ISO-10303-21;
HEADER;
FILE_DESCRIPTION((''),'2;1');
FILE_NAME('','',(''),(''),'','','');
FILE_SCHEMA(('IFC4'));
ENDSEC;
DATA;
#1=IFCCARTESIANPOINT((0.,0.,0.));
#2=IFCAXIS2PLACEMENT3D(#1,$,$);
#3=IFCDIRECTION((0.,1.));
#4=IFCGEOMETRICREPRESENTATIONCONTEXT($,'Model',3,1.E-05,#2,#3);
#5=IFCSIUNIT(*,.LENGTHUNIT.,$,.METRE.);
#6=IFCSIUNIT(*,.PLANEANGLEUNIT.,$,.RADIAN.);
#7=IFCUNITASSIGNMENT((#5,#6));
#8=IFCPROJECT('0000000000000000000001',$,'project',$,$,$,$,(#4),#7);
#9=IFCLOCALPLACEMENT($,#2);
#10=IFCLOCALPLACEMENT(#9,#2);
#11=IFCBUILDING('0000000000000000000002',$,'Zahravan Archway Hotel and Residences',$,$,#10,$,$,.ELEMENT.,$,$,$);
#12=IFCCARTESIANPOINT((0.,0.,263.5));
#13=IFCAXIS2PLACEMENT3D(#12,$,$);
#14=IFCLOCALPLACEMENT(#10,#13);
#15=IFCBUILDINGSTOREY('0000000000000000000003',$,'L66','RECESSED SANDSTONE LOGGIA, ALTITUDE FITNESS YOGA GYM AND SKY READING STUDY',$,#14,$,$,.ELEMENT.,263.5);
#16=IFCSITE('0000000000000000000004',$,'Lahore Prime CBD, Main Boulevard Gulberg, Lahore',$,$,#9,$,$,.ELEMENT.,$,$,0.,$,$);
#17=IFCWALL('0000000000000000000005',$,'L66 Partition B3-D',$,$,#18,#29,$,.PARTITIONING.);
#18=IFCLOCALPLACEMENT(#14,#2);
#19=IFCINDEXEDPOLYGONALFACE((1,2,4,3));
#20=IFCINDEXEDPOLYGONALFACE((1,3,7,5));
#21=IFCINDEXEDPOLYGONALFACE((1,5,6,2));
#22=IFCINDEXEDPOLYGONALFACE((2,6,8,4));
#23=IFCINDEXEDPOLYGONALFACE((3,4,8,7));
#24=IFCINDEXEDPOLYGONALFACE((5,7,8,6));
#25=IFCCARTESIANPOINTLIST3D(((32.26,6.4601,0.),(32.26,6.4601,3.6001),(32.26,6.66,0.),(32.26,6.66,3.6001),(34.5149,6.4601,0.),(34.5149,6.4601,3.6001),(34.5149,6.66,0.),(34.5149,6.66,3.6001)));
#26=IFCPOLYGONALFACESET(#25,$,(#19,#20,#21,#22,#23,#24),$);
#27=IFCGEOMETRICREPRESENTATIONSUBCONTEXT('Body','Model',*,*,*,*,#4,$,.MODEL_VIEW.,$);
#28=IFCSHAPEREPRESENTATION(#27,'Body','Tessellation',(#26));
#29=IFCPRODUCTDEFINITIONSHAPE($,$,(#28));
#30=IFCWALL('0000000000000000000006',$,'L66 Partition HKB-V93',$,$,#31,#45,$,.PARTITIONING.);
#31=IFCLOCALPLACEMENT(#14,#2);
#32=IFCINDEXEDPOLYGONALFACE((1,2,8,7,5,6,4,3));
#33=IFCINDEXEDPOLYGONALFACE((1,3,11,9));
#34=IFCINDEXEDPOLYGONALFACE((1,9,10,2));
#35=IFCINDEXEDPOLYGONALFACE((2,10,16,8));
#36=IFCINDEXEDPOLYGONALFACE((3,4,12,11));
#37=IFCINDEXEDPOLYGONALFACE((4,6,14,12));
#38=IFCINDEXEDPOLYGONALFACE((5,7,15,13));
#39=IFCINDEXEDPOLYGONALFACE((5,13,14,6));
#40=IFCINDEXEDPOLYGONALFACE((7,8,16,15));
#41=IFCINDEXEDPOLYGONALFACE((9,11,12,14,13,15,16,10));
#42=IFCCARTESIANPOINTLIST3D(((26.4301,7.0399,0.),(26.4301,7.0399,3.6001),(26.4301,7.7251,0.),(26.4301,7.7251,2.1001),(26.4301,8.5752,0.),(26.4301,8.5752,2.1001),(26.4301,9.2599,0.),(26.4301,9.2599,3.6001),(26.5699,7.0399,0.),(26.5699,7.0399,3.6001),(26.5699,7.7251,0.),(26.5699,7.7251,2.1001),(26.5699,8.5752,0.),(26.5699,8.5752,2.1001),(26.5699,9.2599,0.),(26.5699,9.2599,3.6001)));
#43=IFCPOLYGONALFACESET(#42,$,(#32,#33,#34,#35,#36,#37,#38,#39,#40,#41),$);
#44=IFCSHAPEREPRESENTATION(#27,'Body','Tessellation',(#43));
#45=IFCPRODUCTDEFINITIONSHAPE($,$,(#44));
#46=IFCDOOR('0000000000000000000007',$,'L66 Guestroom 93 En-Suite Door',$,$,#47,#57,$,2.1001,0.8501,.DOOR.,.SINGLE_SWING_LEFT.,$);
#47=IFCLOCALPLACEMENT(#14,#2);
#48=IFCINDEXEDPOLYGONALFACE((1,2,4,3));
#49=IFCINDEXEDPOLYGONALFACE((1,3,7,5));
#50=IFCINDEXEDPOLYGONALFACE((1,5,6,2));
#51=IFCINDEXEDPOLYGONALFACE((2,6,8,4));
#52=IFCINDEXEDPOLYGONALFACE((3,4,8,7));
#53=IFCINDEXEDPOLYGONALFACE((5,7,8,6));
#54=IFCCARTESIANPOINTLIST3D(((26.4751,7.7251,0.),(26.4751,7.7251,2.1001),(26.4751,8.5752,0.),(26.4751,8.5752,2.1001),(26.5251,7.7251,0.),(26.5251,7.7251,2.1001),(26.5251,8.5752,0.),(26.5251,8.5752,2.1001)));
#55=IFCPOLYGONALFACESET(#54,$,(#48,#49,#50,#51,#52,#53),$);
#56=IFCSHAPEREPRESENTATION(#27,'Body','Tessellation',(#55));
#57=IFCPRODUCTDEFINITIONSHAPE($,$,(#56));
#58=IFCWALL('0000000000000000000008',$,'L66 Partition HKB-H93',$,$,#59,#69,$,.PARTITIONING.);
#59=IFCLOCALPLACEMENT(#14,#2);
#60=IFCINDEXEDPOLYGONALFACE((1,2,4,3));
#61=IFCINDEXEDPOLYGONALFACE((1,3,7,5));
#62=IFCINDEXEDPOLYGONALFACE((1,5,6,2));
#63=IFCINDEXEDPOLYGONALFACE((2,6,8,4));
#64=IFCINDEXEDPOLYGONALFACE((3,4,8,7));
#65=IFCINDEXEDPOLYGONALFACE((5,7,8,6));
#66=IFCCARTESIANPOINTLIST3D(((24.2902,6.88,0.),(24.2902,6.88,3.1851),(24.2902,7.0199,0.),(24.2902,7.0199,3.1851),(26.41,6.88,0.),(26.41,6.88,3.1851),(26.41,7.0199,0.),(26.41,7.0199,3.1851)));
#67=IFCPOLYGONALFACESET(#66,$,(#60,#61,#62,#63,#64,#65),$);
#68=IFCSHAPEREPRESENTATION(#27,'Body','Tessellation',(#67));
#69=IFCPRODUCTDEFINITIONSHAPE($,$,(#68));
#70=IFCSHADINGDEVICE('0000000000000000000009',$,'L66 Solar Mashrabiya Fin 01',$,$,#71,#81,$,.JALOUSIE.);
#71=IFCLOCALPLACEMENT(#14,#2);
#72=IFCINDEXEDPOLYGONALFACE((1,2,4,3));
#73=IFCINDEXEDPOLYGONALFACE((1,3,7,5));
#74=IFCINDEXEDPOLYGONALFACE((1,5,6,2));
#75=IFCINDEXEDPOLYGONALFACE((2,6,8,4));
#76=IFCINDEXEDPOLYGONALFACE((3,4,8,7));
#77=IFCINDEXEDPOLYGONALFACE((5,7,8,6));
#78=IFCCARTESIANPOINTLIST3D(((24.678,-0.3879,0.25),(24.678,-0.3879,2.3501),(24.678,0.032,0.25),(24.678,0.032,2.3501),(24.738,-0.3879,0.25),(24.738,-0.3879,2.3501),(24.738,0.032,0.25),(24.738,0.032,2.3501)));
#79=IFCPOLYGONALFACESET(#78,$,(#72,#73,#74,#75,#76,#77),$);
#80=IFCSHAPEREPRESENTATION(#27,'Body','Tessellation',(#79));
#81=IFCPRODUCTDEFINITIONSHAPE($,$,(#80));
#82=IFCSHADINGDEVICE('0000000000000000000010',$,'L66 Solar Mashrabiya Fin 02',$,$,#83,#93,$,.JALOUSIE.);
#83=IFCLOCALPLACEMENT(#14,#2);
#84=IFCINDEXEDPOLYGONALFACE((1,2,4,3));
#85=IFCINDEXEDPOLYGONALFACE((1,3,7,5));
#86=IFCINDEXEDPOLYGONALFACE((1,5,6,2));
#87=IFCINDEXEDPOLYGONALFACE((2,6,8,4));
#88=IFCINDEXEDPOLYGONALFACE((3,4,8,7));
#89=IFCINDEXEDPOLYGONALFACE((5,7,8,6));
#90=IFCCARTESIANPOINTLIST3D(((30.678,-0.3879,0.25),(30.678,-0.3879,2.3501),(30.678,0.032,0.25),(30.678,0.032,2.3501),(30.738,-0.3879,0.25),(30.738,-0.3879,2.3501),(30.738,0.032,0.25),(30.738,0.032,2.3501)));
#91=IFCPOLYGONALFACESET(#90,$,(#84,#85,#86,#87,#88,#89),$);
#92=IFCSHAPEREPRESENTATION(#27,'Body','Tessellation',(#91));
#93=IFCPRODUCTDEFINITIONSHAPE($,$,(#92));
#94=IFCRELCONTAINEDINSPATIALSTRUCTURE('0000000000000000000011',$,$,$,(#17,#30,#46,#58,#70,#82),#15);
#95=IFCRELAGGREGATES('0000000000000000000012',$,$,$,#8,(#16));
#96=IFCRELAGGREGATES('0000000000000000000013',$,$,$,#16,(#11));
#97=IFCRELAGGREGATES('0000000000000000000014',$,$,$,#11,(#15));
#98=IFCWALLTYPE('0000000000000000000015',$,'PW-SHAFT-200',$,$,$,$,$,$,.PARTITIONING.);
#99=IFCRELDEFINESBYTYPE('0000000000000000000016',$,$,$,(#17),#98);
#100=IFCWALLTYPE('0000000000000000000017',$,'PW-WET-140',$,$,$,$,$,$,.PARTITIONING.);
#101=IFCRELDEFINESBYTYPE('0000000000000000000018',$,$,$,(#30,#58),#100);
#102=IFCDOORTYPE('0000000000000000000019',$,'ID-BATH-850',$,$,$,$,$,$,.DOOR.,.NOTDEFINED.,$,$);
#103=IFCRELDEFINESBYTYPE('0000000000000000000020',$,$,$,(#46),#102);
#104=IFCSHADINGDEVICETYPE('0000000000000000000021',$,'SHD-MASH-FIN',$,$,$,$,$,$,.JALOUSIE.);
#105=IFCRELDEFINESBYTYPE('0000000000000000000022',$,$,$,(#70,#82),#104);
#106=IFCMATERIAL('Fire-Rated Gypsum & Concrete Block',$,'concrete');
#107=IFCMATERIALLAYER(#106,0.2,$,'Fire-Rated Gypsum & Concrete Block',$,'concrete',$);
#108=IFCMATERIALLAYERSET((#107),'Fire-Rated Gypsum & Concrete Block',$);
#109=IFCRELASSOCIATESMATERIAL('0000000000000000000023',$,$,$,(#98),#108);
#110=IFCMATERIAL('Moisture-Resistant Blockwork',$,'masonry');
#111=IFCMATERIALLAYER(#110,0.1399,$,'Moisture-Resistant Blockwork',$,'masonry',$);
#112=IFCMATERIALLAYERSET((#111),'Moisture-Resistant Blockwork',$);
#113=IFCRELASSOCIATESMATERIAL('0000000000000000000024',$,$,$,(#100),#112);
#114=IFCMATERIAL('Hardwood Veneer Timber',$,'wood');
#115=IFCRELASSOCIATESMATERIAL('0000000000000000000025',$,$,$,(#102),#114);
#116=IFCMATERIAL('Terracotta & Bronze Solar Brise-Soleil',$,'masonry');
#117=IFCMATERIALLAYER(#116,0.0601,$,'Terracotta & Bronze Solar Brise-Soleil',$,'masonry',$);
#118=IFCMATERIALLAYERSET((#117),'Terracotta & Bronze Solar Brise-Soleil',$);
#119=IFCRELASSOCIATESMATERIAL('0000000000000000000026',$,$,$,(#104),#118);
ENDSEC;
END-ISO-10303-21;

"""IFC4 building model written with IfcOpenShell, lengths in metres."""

from ifc_helpers import new_model, si_unit, direction, frame, frame_2d, origin, origin_2d, place, context, subcontext, project, spatial, rectangle, extrude, source, transform, mapped, material, layer, layer_set, type_object, type_shapes, element, fill, save


model = new_model("IFC4")

# Units and contexts
model_context = context("Model", 3, precision=1e-05, world=origin(), true_north=direction((0.0, 1.0)))
body_context = subcontext(model_context, "Body", "Model", "MODEL_VIEW")
ifc_project = project(units=[si_unit("LENGTHUNIT", "METRE"), si_unit("PLANEANGLEUNIT", "RADIAN")], contexts=[model_context])

# Site, building, storey
site_placement = place(None, origin())
site = spatial("IfcSite", under=ifc_project, at=site_placement, Name="Lahore Prime CBD, Main Boulevard Gulberg, Lahore", CompositionType="ELEMENT", RefElevation=0.0)
building_placement = place(site_placement, origin())
building = spatial("IfcBuilding", under=site, at=building_placement, Name="Zahravan Archway Hotel and Residences", CompositionType="ELEMENT")
storey_placement = place(building_placement, frame((0.0, 0.0, 263.5)))
storey = spatial("IfcBuildingStorey", under=building, at=storey_placement, Name="L66", Description="RECESSED SANDSTONE LOGGIA, ALTITUDE FITNESS YOGA GYM AND SKY READING STUDY", CompositionType="ELEMENT", Elevation=263.5)

# Shared definitions
ifc_material_1 = material(Name="Fire-Rated Gypsum & Concrete Block", Category="concrete")

# Shared definitions
ifc_material_2 = material(Name="Hardwood Veneer Timber", Category="wood")

# Shared definitions
ifc_layer_1 = layer(ifc_material_1, 0.2, Name="Fire-Rated Gypsum & Concrete Block", Category="concrete")
ifc_layer_set_1 = layer_set([ifc_layer_1], Name="Fire-Rated Gypsum & Concrete Block")
wall_type_1 = type_object("IfcWallType", Name="PW-SHAFT-200", PredefinedType="PARTITIONING", material=ifc_layer_set_1)

# Wall
wall_1_placement = place(storey_placement, frame((32.26, 6.5601, 0.0), z_axis=(0.0, 0.0, 1.0), x_axis=(1.0, 0.0, 0.0)))
element("IfcWall", 1, at=wall_1_placement, inside=storey, type_object=wall_type_1, Name="L66 Partition B3-D", PredefinedType="PARTITIONING", context=body_context, shape_type="SweptSolid", body=[
    extrude(rectangle(XDim=2.2549, YDim=0.2, at=frame_2d((1.1274, 0.0))), origin(), (0.0, 0.0, 1.0), 3.6001),
])

# Wall, opening, door
ifc_material_3 = material(Name="Moisture-Resistant Blockwork", Category="masonry")
ifc_layer_2 = layer(ifc_material_3, 0.1399, Name="Moisture-Resistant Blockwork", Category="masonry")
ifc_layer_set_2 = layer_set([ifc_layer_2], Name="Moisture-Resistant Blockwork")
wall_type_2 = type_object("IfcWallType", Name="PW-WET-140", PredefinedType="PARTITIONING", material=ifc_layer_set_2)
wall_2_placement = place(storey_placement, frame((26.5, 7.04, 0.0), z_axis=(0.0, 0.0, 1.0), x_axis=(0.0, 1.0, 0.0)))
wall_2 = element("IfcWall", 2, at=wall_2_placement, inside=storey, type_object=wall_type_2, Name="L66 Partition HKB-V93", PredefinedType="PARTITIONING", context=body_context, shape_type="SweptSolid", body=[
    extrude(rectangle(XDim=2.22, YDim=0.1399, at=frame_2d((1.1099, 0.0))), origin(), (0.0, 0.0, 1.0), 3.6001),
])
opening_1_placement = place(wall_2_placement, frame((0.6851, 0.0, 0.0)))
opening_1 = element("IfcOpeningElement", 3, at=opening_1_placement, cuts=wall_2, PredefinedType="OPENING", context=body_context, shape_type="SweptSolid", body=[
    extrude(rectangle(XDim=0.8501, YDim=2.1001, at=frame_2d((0.425, 1.05))), frame((0.0, 0.0801, 0.0), z_axis=(0.0, -1.0, 0.0), x_axis=(1.0, 0.0, 0.0)), (0.0, 0.0, 1.0), 0.1599),
])
door_type_1 = type_object("IfcDoorType", Name="ID-BATH-850", OperationType="NOTDEFINED", PredefinedType="DOOR", material=ifc_material_2)
shared_shape_1 = source(origin(), body_context, "Body", "SweptSolid", [
    extrude(rectangle(XDim=0.8501, YDim=2.1001, at=frame_2d((0.425, 1.05))), frame((0.0, 0.0249, 0.0), z_axis=(0.0, -1.0, 0.0), x_axis=(1.0, 0.0, 0.0)), (0.0, 0.0, 1.0), 0.05),
])
type_shapes(door_type_1, [shared_shape_1])
door_1_placement = place(opening_1_placement, origin())
door_1 = element("IfcDoor", 4, at=door_1_placement, inside=storey, type_object=door_type_1, Name="L66 Guestroom 93 En-Suite Door", OperationType="SINGLE_SWING_LEFT", OverallHeight=2.1001, OverallWidth=0.8501, PredefinedType="DOOR", context=body_context, shape_type="MappedRepresentation", body=[
    mapped(shared_shape_1, transform((0.0, 0.0, 0.0), scale=1.0)),
])
fill(opening_1, door_1)

# Wall
wall_3_placement = place(storey_placement, frame((24.29, 6.95, 0.0), z_axis=(0.0, 0.0, 1.0), x_axis=(1.0, 0.0, 0.0)))
element("IfcWall", 5, at=wall_3_placement, inside=storey, type_object=wall_type_2, Name="L66 Partition HKB-H93", PredefinedType="PARTITIONING", context=body_context, shape_type="SweptSolid", body=[
    extrude(rectangle(XDim=2.1199, YDim=0.1399, at=frame_2d((1.0601, 0.0))), origin(), (0.0, 0.0, 1.0), 3.1851),
])

# Shading devices
ifc_material_4 = material(Name="Terracotta & Bronze Solar Brise-Soleil", Category="masonry")
ifc_layer_3 = layer(ifc_material_4, 0.0601, Name="Terracotta & Bronze Solar Brise-Soleil", Category="masonry")
ifc_layer_set_3 = layer_set([ifc_layer_3], Name="Terracotta & Bronze Solar Brise-Soleil")
shading_device_type = type_object("IfcShadingDeviceType", Name="SHD-MASH-FIN", PredefinedType="JALOUSIE", material=ifc_layer_set_3)
shared_shape_2 = source(origin(), body_context, "Body", "SweptSolid", [
    extrude(rectangle(XDim=0.0601, YDim=0.4199, at=origin_2d()), origin(), (0.0, 0.0, 1.0), 2.1001),
])
type_shapes(shading_device_type, [shared_shape_2])
for number, where, z_axis, x_axis, name in (
    (6, (24.708, -0.178, 0.25), (0.0, 0.0, 1.0), (1.0, 0.0, 0.0), "L66 Solar Mashrabiya Fin 01"),
    (7, (30.708, -0.178, 0.25), (0.0, 0.0, 1.0), (1.0, 0.0, 0.0), "L66 Solar Mashrabiya Fin 02"),
):
    element("IfcShadingDevice", number, at=place(storey_placement, frame(where, z_axis=z_axis, x_axis=x_axis)), inside=storey, type_object=shading_device_type, Name=name, PredefinedType="JALOUSIE", context=body_context, shape_type="MappedRepresentation", body=[
        mapped(shared_shape_2, transform((0.0, 0.0, 0.0), scale=1.0)),
    ])

save(model, "model.ifc")
